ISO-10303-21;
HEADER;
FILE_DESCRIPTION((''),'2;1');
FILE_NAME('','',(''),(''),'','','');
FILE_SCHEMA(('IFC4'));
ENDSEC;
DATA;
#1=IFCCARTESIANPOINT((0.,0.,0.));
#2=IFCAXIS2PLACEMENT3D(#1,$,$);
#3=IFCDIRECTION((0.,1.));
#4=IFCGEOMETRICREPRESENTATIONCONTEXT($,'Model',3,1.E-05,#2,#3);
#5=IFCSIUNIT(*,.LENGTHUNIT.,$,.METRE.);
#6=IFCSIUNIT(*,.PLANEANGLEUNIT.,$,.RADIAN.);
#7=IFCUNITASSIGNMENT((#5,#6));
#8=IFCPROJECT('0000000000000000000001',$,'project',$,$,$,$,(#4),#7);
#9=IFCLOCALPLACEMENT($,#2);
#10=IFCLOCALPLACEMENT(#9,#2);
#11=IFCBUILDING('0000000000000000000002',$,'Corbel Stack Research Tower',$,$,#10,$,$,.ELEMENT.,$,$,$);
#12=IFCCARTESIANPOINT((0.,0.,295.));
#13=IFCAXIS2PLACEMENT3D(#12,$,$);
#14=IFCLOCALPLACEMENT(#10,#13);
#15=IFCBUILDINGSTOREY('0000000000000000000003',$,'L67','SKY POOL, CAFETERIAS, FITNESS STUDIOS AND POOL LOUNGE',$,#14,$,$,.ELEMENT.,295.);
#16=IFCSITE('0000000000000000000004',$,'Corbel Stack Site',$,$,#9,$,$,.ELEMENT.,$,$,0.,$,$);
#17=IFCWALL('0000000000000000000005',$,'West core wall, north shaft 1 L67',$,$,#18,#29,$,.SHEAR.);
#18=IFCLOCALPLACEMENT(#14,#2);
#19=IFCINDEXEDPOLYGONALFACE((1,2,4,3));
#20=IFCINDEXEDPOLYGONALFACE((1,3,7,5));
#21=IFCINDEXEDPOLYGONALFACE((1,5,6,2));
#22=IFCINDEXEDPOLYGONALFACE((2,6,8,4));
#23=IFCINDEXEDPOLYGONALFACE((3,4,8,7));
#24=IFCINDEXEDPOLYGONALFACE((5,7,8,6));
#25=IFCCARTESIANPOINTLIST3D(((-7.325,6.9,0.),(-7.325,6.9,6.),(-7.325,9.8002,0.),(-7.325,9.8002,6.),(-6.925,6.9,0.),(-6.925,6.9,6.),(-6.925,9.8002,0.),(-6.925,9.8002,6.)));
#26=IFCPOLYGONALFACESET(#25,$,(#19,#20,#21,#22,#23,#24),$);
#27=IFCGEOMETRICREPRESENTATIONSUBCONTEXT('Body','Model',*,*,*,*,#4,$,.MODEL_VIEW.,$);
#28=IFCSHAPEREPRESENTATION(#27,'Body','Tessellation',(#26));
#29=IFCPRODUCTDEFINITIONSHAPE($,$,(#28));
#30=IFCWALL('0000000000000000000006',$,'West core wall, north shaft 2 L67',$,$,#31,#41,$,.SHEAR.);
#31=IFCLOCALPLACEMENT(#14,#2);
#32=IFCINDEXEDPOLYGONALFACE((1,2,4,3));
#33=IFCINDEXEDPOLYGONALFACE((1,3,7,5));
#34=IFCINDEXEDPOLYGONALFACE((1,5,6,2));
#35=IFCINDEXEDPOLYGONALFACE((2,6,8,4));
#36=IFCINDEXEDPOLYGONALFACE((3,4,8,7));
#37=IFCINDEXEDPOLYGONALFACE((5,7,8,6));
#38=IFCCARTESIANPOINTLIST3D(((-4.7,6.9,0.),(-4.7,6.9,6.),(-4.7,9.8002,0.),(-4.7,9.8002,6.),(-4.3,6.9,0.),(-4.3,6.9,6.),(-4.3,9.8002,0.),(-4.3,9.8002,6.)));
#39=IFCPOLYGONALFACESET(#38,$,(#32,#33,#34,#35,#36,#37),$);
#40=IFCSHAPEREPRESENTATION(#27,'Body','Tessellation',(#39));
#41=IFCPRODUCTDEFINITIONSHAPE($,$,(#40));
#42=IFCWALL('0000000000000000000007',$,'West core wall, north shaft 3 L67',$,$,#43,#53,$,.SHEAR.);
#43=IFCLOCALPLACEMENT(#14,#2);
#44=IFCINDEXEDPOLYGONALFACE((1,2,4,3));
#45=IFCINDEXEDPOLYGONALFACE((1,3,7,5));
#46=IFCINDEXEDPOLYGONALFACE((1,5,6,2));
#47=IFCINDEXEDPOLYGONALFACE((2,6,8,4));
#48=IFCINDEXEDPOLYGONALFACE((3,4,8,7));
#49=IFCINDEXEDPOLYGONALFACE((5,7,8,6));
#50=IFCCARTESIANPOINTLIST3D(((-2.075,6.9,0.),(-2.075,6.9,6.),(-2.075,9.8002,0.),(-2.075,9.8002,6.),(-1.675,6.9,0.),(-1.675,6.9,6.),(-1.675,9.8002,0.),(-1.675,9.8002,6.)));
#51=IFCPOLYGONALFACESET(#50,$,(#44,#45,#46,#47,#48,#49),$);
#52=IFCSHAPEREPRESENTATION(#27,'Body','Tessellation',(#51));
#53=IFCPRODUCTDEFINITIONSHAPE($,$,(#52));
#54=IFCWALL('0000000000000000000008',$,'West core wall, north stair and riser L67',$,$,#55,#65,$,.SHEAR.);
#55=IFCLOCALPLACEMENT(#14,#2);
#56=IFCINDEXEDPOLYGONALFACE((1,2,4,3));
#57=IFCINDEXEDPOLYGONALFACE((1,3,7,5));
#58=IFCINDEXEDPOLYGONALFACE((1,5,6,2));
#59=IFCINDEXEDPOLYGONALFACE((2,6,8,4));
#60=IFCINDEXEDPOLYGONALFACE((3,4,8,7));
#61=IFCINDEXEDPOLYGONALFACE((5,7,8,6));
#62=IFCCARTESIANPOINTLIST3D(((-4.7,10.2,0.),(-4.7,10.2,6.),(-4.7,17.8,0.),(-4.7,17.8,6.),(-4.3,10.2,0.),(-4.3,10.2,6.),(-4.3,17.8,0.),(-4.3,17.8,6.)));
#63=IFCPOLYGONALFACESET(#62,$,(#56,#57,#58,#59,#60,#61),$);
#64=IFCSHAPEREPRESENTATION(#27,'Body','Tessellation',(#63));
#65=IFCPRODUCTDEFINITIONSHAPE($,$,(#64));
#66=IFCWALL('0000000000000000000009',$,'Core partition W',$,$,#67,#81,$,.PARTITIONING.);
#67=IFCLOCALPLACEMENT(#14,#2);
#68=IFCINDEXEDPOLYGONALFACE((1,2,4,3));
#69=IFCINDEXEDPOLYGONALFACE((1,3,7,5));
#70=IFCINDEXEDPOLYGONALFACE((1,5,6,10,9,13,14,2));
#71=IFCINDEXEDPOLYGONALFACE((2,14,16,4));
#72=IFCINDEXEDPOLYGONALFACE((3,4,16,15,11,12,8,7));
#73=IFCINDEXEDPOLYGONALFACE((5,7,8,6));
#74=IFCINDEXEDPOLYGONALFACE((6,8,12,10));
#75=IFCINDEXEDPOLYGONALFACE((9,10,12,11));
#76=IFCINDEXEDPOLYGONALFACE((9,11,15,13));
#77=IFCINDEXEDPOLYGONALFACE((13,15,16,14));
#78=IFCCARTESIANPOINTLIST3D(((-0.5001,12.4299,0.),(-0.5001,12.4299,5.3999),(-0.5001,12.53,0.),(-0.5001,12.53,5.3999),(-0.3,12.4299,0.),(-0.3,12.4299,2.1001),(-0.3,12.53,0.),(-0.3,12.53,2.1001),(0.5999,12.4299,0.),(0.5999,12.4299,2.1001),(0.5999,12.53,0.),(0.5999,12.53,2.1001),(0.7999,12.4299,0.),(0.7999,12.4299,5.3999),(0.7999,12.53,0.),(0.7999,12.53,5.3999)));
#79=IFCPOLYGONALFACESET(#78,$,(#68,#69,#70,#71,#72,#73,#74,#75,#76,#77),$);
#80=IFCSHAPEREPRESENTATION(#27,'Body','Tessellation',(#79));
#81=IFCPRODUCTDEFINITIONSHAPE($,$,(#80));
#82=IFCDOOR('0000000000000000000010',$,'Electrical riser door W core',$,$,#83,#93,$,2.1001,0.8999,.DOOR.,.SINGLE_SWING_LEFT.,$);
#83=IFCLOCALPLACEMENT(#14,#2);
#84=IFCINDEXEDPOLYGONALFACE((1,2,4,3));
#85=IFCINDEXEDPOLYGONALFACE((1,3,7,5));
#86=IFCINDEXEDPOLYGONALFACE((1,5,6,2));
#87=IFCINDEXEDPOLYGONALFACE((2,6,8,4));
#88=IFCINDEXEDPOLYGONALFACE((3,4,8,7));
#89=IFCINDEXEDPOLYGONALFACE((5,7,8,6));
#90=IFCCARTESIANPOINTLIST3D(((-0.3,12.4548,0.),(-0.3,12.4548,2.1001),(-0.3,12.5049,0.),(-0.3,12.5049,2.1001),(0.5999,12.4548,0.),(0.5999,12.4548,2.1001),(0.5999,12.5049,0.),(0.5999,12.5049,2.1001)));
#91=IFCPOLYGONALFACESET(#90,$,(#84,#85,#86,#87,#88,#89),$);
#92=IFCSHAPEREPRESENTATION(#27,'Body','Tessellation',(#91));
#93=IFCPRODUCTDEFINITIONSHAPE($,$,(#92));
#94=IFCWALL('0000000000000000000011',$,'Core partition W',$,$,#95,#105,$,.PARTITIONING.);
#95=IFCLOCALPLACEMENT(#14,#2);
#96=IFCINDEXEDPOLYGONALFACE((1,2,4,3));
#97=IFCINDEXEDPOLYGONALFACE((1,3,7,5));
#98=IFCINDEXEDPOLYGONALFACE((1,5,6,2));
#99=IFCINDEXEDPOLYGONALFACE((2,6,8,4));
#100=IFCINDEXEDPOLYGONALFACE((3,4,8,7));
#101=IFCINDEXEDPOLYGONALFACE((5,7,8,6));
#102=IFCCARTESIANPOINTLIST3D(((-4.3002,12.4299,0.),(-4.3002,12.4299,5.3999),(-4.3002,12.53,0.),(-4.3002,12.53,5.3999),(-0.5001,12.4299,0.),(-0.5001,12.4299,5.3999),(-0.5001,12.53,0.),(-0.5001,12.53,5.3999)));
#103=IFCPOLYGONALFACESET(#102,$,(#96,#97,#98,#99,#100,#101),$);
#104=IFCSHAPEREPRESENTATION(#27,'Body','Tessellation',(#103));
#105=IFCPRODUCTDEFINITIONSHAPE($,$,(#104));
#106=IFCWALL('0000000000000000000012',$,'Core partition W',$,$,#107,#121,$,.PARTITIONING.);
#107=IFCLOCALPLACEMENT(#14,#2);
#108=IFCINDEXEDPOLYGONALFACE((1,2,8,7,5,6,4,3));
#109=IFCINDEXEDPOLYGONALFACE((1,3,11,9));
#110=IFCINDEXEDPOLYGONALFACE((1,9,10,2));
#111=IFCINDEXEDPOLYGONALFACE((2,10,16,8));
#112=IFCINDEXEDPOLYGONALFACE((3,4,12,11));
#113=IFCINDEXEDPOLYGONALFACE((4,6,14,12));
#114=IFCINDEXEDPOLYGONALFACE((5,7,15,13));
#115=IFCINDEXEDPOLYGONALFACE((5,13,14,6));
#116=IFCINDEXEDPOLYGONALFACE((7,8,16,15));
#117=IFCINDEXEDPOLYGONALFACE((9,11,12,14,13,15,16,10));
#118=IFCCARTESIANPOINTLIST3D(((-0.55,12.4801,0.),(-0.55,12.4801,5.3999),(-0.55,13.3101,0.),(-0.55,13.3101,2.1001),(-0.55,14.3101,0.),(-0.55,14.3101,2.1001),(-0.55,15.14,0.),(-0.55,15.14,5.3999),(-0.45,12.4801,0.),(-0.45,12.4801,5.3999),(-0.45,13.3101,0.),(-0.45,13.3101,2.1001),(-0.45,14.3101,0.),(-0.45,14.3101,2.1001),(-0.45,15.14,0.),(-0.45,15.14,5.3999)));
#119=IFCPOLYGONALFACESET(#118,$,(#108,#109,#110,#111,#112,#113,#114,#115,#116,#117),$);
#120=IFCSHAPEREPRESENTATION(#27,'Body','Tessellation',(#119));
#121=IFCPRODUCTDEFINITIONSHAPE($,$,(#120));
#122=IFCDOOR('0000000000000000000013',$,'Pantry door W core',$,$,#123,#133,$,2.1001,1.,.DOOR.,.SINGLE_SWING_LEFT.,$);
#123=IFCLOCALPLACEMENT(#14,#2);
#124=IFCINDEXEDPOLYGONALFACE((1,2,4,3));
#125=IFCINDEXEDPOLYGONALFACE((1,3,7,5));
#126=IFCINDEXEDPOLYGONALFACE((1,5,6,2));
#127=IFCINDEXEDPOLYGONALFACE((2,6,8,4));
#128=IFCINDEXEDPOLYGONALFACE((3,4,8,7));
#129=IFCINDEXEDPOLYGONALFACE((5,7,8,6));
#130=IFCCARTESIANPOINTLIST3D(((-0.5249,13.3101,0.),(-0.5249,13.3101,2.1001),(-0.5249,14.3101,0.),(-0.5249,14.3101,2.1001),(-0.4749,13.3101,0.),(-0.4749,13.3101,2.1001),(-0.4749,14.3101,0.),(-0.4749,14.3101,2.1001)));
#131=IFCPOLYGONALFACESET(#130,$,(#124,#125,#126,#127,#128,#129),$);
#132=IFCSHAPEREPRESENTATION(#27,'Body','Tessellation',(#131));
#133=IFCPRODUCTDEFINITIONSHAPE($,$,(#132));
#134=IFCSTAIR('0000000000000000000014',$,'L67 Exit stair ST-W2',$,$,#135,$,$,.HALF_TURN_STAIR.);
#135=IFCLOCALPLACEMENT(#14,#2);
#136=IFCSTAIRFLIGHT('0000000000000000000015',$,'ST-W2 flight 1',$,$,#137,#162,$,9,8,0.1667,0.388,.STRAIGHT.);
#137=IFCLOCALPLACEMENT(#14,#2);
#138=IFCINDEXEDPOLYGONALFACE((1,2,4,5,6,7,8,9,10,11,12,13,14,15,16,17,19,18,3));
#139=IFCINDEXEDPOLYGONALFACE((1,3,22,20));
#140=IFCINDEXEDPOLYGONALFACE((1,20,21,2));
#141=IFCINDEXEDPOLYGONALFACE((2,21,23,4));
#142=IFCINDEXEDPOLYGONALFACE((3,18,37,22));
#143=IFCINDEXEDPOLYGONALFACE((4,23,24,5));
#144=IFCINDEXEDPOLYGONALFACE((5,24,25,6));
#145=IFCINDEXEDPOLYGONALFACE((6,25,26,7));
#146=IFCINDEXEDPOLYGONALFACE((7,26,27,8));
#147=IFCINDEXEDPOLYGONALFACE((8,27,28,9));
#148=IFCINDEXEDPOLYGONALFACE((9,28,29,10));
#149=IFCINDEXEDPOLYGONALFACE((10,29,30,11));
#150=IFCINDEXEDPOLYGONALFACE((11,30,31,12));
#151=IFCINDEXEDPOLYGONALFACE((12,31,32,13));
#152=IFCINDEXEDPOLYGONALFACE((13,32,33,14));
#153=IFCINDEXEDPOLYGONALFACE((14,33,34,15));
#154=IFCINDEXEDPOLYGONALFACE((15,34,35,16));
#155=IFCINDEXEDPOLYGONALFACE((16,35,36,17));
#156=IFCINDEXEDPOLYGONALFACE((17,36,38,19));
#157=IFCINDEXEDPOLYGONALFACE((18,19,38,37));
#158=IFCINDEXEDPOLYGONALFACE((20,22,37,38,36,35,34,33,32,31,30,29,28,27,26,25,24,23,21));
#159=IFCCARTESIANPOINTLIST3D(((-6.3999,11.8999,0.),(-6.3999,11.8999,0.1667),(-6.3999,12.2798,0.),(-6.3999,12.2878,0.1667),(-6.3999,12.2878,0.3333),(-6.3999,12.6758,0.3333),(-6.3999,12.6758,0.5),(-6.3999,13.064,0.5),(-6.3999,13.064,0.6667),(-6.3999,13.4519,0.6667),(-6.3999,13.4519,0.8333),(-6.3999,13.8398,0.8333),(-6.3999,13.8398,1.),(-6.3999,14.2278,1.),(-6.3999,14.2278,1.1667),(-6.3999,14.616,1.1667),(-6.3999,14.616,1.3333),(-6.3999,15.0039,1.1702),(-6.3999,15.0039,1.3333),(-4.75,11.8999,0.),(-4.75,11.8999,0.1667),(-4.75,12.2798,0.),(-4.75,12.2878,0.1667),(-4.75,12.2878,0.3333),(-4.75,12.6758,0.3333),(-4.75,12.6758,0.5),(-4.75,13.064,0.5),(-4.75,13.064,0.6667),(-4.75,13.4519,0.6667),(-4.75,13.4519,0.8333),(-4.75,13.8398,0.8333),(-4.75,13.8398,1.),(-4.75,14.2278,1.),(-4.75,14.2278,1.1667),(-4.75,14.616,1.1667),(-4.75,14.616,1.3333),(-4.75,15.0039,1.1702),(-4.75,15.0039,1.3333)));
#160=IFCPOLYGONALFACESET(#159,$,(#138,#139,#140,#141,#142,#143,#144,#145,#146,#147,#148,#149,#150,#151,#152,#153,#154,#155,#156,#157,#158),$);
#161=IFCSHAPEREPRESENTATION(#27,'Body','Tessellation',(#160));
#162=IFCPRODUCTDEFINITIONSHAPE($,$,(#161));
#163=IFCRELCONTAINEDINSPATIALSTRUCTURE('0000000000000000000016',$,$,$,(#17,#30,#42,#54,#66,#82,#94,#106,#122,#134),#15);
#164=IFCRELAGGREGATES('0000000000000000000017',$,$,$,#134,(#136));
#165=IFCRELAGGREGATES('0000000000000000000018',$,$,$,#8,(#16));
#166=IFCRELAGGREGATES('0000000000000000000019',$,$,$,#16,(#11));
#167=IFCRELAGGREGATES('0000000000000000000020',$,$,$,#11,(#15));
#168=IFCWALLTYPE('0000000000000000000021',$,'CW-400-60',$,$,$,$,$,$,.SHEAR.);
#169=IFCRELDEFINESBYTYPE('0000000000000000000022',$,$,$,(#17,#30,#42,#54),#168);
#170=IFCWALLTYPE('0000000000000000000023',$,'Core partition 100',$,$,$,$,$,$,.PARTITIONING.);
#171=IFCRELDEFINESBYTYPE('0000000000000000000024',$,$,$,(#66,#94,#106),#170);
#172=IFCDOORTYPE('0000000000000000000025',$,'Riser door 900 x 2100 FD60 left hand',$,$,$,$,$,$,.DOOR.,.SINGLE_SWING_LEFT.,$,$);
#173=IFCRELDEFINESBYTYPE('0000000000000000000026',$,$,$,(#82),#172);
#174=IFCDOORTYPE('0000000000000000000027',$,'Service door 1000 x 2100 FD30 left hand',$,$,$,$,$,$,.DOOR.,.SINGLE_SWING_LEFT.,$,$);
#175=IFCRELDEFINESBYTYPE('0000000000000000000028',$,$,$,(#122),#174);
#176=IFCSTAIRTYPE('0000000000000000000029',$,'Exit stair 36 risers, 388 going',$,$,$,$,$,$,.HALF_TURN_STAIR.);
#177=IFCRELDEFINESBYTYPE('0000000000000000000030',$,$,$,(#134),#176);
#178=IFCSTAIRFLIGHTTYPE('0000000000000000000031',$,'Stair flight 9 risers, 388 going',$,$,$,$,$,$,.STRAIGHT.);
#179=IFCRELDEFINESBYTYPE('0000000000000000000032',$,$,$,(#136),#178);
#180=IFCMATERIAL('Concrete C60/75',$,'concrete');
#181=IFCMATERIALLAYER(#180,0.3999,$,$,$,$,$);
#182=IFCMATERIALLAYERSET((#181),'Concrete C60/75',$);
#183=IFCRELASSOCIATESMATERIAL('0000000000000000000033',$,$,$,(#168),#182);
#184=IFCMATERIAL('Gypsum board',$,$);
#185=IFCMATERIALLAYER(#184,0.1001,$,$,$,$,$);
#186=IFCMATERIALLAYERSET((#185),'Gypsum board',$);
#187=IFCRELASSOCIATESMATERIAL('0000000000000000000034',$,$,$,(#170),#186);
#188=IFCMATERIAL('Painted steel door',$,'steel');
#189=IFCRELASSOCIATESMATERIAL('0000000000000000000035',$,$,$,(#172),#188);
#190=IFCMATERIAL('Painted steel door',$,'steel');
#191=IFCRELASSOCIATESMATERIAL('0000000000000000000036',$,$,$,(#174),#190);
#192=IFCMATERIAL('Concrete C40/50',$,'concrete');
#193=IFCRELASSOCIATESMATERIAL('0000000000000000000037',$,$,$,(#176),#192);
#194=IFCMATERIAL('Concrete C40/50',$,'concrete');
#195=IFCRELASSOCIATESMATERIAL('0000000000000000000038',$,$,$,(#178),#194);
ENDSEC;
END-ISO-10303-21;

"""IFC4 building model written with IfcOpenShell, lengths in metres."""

from ifc_helpers import new_model, si_unit, direction, frame, frame_2d, origin, place, context, subcontext, project, spatial, polyline, rectangle, outline, extrude, material, layer, layer_set, type_object, element, fill, aggregate, save


model = new_model("IFC4")

# Units and contexts
model_context = context("Model", 3, precision=1e-05, world=origin(), true_north=direction((0.0, 1.0)))
body_context = subcontext(model_context, "Body", "Model", "MODEL_VIEW")
ifc_project = project(units=[si_unit("LENGTHUNIT", "METRE"), si_unit("PLANEANGLEUNIT", "RADIAN")], contexts=[model_context])

# Site, building, storey
site_placement = place(None, origin())
site = spatial("IfcSite", under=ifc_project, at=site_placement, Name="Corbel Stack Site", CompositionType="ELEMENT", RefElevation=0.0)
building_placement = place(site_placement, origin())
building = spatial("IfcBuilding", under=site, at=building_placement, Name="Corbel Stack Research Tower", CompositionType="ELEMENT")
storey_placement = place(building_placement, frame((0.0, 0.0, 295.0)))
storey = spatial("IfcBuildingStorey", under=building, at=storey_placement, Name="L67", Description="SKY POOL, CAFETERIAS, FITNESS STUDIOS AND POOL LOUNGE", CompositionType="ELEMENT", Elevation=295.0)

# Walls
ifc_material_1 = material(Name="Concrete C60/75", Category="concrete")
ifc_layer_1 = layer(ifc_material_1, 0.3999)
ifc_layer_set_1 = layer_set([ifc_layer_1], Name="Concrete C60/75")
wall_type_1 = type_object("IfcWallType", Name="CW-400-60", PredefinedType="SHEAR", material=ifc_layer_set_1)
for number, where, z_axis, x_axis, name in (
    (1, (-7.125, 6.8999, 0.0), (0.0, 0.0, 1.0), (0.0, 1.0, 0.0), "West core wall, north shaft 1 L67"),
    (2, (-4.5, 6.8999, 0.0), (0.0, 0.0, 1.0), (0.0, 1.0, 0.0), "West core wall, north shaft 2 L67"),
    (3, (-1.875, 6.8999, 0.0), (0.0, 0.0, 1.0), (0.0, 1.0, 0.0), "West core wall, north shaft 3 L67"),
):
    element("IfcWall", number, at=place(storey_placement, frame(where, z_axis=z_axis, x_axis=x_axis)), inside=storey, type_object=wall_type_1, Name=name, PredefinedType="SHEAR", context=body_context, shape_type="SweptSolid", body=[
        extrude(rectangle(XDim=2.9001, YDim=0.3999, at=frame_2d((1.4502, 0.0))), origin(), (0.0, 0.0, 1.0), 6.0),
    ])
wall_1_placement = place(storey_placement, frame((-4.5, 10.2, 0.0), z_axis=(0.0, 0.0, 1.0), x_axis=(0.0, 1.0, 0.0)))
element("IfcWall", 4, at=wall_1_placement, inside=storey, type_object=wall_type_1, Name="West core wall, north stair and riser L67", PredefinedType="SHEAR", context=body_context, shape_type="SweptSolid", body=[
    extrude(rectangle(XDim=7.6001, YDim=0.3999, at=frame_2d((3.8, 0.0))), origin(), (0.0, 0.0, 1.0), 6.0),
])

# Wall, opening, door
ifc_material_2 = material(Name="Gypsum board")
ifc_layer_2 = layer(ifc_material_2, 0.1001)
ifc_layer_set_2 = layer_set([ifc_layer_2], Name="Gypsum board")
wall_type_2 = type_object("IfcWallType", Name="Core partition 100", PredefinedType="PARTITIONING", material=ifc_layer_set_2)
wall_2_placement = place(storey_placement, frame((-0.5, 12.48, 0.0), z_axis=(0.0, 0.0, 1.0), x_axis=(1.0, 0.0, 0.0)))
wall_2 = element("IfcWall", 5, at=wall_2_placement, inside=storey, type_object=wall_type_2, Name="Core partition W", PredefinedType="PARTITIONING", context=body_context, shape_type="SweptSolid", body=[
    extrude(rectangle(XDim=1.3, YDim=0.1001, at=frame_2d((0.6499, 0.0))), origin(), (0.0, 0.0, 1.0), 5.3999),
])
opening_1_placement = place(wall_2_placement, frame((0.2, 0.0, 0.0)))
opening_1 = element("IfcOpeningElement", 6, at=opening_1_placement, cuts=wall_2, PredefinedType="OPENING", context=body_context, shape_type="SweptSolid", body=[
    extrude(rectangle(XDim=0.8999, YDim=2.1001, at=frame_2d((0.45, 1.05))), frame((0.0, 0.0601, 0.0), z_axis=(0.0, -1.0, 0.0), x_axis=(1.0, 0.0, 0.0)), (0.0, 0.0, 1.0), 0.1201),
])
ifc_material_3 = material(Name="Painted steel door", Category="steel")
door_type_1 = type_object("IfcDoorType", Name="Riser door 900 x 2100 FD60 left hand", OperationType="SINGLE_SWING_LEFT", PredefinedType="DOOR", material=ifc_material_3)
door_1_placement = place(opening_1_placement, origin())
door_1 = element("IfcDoor", 7, at=door_1_placement, inside=storey, type_object=door_type_1, Name="Electrical riser door W core", OperationType="SINGLE_SWING_LEFT", OverallHeight=2.1001, OverallWidth=0.8999, PredefinedType="DOOR", context=body_context, shape_type="SweptSolid", body=[
    extrude(rectangle(XDim=0.8999, YDim=2.1001, at=frame_2d((0.45, 1.05))), frame((0.0, 0.0249, 0.0), z_axis=(0.0, -1.0, 0.0), x_axis=(1.0, 0.0, 0.0)), (0.0, 0.0, 1.0), 0.05),
])
fill(opening_1, door_1)

# Wall
wall_3_placement = place(storey_placement, frame((-4.3, 12.48, 0.0), z_axis=(0.0, 0.0, 1.0), x_axis=(1.0, 0.0, 0.0)))
element("IfcWall", 8, at=wall_3_placement, inside=storey, type_object=wall_type_2, Name="Core partition W", PredefinedType="PARTITIONING", context=body_context, shape_type="SweptSolid", body=[
    extrude(rectangle(XDim=3.8, YDim=0.1001, at=frame_2d((1.8999, 0.0))), origin(), (0.0, 0.0, 1.0), 5.3999),
])

# Wall, opening, door
wall_4_placement = place(storey_placement, frame((-0.5, 12.48, 0.0), z_axis=(0.0, 0.0, 1.0), x_axis=(0.0, 1.0, 0.0)))
wall_4 = element("IfcWall", 9, at=wall_4_placement, inside=storey, type_object=wall_type_2, Name="Core partition W", PredefinedType="PARTITIONING", context=body_context, shape_type="SweptSolid", body=[
    extrude(rectangle(XDim=2.6599, YDim=0.1001, at=frame_2d((1.3301, 0.0))), origin(), (0.0, 0.0, 1.0), 5.3999),
])
opening_2_placement = place(wall_4_placement, frame((0.8301, 0.0, 0.0)))
opening_2 = element("IfcOpeningElement", 10, at=opening_2_placement, cuts=wall_4, PredefinedType="OPENING", context=body_context, shape_type="SweptSolid", body=[
    extrude(rectangle(XDim=1.0, YDim=2.1001, at=frame_2d((0.5, 1.05))), frame((0.0, 0.0601, 0.0), z_axis=(0.0, -1.0, 0.0), x_axis=(1.0, 0.0, 0.0)), (0.0, 0.0, 1.0), 0.1201),
])
ifc_material_4 = material(Name="Painted steel door", Category="steel")
door_type_2 = type_object("IfcDoorType", Name="Service door 1000 x 2100 FD30 left hand", OperationType="SINGLE_SWING_LEFT", PredefinedType="DOOR", material=ifc_material_4)
door_2_placement = place(opening_2_placement, origin())
door_2 = element("IfcDoor", 11, at=door_2_placement, inside=storey, type_object=door_type_2, Name="Pantry door W core", OperationType="SINGLE_SWING_LEFT", OverallHeight=2.1001, OverallWidth=1.0, PredefinedType="DOOR", context=body_context, shape_type="SweptSolid", body=[
    extrude(rectangle(XDim=1.0, YDim=2.1001, at=frame_2d((0.5, 1.05))), frame((0.0, 0.0249, 0.0), z_axis=(0.0, -1.0, 0.0), x_axis=(1.0, 0.0, 0.0)), (0.0, 0.0, 1.0), 0.05),
])
fill(opening_2, door_2)

# Stair, stair flight
ifc_material_5 = material(Name="Concrete C40/50", Category="concrete")
stair_type = type_object("IfcStairType", Name="Exit stair 36 risers, 388 going", PredefinedType="HALF_TURN_STAIR", material=ifc_material_5)
stair_placement = place(storey_placement, origin())
stair = element("IfcStair", 12, at=stair_placement, inside=storey, type_object=stair_type, Name="L67 Exit stair ST-W2", PredefinedType="HALF_TURN_STAIR")
ifc_material_6 = material(Name="Concrete C40/50", Category="concrete")
stair_flight_type = type_object("IfcStairFlightType", Name="Stair flight 9 risers, 388 going", PredefinedType="STRAIGHT", material=ifc_material_6)
stair_flight_1_placement = place(storey_placement, frame((-5.575, 11.8999, 0.0), z_axis=(0.0, 0.0, 1.0), x_axis=(0.0, 1.0, 0.0)))
stair_flight_1 = element("IfcStairFlight", 13, at=stair_flight_1_placement, type_object=stair_flight_type, Name="ST-W2 flight 1", NumberOfRisers=9, NumberOfTreads=8, PredefinedType="STRAIGHT", RiserHeight=0.1667, TreadLength=0.388, context=body_context, shape_type="SweptSolid", body=[
    extrude(outline(polyline([(0.0, 0.0), (0.0, 0.1667), (0.3879, 0.1667), (0.3879, 0.3333), (0.7759, 0.3333), (0.7759, 0.5), (1.1641, 0.5), (1.1641, 0.6667), (1.552, 0.6667), (1.552, 0.8333), (1.9399, 0.8333), (1.9399, 1.0), (2.3279, 1.0), (2.3279, 1.1667), (2.7161, 1.1667), (2.7161, 1.3333), (3.104, 1.3333), (3.104, 1.5), (3.104, 1.1702), (0.3799, 0.0), (0.0, 0.0)])), frame((0.0, 0.825, 0.0), z_axis=(0.0, -1.0, 0.0), x_axis=(1.0, 0.0, 0.0)), (0.0, 0.0, 1.0), 1.6499),
])
aggregate(stair, [stair_flight_1])

save(model, "model.ifc")
